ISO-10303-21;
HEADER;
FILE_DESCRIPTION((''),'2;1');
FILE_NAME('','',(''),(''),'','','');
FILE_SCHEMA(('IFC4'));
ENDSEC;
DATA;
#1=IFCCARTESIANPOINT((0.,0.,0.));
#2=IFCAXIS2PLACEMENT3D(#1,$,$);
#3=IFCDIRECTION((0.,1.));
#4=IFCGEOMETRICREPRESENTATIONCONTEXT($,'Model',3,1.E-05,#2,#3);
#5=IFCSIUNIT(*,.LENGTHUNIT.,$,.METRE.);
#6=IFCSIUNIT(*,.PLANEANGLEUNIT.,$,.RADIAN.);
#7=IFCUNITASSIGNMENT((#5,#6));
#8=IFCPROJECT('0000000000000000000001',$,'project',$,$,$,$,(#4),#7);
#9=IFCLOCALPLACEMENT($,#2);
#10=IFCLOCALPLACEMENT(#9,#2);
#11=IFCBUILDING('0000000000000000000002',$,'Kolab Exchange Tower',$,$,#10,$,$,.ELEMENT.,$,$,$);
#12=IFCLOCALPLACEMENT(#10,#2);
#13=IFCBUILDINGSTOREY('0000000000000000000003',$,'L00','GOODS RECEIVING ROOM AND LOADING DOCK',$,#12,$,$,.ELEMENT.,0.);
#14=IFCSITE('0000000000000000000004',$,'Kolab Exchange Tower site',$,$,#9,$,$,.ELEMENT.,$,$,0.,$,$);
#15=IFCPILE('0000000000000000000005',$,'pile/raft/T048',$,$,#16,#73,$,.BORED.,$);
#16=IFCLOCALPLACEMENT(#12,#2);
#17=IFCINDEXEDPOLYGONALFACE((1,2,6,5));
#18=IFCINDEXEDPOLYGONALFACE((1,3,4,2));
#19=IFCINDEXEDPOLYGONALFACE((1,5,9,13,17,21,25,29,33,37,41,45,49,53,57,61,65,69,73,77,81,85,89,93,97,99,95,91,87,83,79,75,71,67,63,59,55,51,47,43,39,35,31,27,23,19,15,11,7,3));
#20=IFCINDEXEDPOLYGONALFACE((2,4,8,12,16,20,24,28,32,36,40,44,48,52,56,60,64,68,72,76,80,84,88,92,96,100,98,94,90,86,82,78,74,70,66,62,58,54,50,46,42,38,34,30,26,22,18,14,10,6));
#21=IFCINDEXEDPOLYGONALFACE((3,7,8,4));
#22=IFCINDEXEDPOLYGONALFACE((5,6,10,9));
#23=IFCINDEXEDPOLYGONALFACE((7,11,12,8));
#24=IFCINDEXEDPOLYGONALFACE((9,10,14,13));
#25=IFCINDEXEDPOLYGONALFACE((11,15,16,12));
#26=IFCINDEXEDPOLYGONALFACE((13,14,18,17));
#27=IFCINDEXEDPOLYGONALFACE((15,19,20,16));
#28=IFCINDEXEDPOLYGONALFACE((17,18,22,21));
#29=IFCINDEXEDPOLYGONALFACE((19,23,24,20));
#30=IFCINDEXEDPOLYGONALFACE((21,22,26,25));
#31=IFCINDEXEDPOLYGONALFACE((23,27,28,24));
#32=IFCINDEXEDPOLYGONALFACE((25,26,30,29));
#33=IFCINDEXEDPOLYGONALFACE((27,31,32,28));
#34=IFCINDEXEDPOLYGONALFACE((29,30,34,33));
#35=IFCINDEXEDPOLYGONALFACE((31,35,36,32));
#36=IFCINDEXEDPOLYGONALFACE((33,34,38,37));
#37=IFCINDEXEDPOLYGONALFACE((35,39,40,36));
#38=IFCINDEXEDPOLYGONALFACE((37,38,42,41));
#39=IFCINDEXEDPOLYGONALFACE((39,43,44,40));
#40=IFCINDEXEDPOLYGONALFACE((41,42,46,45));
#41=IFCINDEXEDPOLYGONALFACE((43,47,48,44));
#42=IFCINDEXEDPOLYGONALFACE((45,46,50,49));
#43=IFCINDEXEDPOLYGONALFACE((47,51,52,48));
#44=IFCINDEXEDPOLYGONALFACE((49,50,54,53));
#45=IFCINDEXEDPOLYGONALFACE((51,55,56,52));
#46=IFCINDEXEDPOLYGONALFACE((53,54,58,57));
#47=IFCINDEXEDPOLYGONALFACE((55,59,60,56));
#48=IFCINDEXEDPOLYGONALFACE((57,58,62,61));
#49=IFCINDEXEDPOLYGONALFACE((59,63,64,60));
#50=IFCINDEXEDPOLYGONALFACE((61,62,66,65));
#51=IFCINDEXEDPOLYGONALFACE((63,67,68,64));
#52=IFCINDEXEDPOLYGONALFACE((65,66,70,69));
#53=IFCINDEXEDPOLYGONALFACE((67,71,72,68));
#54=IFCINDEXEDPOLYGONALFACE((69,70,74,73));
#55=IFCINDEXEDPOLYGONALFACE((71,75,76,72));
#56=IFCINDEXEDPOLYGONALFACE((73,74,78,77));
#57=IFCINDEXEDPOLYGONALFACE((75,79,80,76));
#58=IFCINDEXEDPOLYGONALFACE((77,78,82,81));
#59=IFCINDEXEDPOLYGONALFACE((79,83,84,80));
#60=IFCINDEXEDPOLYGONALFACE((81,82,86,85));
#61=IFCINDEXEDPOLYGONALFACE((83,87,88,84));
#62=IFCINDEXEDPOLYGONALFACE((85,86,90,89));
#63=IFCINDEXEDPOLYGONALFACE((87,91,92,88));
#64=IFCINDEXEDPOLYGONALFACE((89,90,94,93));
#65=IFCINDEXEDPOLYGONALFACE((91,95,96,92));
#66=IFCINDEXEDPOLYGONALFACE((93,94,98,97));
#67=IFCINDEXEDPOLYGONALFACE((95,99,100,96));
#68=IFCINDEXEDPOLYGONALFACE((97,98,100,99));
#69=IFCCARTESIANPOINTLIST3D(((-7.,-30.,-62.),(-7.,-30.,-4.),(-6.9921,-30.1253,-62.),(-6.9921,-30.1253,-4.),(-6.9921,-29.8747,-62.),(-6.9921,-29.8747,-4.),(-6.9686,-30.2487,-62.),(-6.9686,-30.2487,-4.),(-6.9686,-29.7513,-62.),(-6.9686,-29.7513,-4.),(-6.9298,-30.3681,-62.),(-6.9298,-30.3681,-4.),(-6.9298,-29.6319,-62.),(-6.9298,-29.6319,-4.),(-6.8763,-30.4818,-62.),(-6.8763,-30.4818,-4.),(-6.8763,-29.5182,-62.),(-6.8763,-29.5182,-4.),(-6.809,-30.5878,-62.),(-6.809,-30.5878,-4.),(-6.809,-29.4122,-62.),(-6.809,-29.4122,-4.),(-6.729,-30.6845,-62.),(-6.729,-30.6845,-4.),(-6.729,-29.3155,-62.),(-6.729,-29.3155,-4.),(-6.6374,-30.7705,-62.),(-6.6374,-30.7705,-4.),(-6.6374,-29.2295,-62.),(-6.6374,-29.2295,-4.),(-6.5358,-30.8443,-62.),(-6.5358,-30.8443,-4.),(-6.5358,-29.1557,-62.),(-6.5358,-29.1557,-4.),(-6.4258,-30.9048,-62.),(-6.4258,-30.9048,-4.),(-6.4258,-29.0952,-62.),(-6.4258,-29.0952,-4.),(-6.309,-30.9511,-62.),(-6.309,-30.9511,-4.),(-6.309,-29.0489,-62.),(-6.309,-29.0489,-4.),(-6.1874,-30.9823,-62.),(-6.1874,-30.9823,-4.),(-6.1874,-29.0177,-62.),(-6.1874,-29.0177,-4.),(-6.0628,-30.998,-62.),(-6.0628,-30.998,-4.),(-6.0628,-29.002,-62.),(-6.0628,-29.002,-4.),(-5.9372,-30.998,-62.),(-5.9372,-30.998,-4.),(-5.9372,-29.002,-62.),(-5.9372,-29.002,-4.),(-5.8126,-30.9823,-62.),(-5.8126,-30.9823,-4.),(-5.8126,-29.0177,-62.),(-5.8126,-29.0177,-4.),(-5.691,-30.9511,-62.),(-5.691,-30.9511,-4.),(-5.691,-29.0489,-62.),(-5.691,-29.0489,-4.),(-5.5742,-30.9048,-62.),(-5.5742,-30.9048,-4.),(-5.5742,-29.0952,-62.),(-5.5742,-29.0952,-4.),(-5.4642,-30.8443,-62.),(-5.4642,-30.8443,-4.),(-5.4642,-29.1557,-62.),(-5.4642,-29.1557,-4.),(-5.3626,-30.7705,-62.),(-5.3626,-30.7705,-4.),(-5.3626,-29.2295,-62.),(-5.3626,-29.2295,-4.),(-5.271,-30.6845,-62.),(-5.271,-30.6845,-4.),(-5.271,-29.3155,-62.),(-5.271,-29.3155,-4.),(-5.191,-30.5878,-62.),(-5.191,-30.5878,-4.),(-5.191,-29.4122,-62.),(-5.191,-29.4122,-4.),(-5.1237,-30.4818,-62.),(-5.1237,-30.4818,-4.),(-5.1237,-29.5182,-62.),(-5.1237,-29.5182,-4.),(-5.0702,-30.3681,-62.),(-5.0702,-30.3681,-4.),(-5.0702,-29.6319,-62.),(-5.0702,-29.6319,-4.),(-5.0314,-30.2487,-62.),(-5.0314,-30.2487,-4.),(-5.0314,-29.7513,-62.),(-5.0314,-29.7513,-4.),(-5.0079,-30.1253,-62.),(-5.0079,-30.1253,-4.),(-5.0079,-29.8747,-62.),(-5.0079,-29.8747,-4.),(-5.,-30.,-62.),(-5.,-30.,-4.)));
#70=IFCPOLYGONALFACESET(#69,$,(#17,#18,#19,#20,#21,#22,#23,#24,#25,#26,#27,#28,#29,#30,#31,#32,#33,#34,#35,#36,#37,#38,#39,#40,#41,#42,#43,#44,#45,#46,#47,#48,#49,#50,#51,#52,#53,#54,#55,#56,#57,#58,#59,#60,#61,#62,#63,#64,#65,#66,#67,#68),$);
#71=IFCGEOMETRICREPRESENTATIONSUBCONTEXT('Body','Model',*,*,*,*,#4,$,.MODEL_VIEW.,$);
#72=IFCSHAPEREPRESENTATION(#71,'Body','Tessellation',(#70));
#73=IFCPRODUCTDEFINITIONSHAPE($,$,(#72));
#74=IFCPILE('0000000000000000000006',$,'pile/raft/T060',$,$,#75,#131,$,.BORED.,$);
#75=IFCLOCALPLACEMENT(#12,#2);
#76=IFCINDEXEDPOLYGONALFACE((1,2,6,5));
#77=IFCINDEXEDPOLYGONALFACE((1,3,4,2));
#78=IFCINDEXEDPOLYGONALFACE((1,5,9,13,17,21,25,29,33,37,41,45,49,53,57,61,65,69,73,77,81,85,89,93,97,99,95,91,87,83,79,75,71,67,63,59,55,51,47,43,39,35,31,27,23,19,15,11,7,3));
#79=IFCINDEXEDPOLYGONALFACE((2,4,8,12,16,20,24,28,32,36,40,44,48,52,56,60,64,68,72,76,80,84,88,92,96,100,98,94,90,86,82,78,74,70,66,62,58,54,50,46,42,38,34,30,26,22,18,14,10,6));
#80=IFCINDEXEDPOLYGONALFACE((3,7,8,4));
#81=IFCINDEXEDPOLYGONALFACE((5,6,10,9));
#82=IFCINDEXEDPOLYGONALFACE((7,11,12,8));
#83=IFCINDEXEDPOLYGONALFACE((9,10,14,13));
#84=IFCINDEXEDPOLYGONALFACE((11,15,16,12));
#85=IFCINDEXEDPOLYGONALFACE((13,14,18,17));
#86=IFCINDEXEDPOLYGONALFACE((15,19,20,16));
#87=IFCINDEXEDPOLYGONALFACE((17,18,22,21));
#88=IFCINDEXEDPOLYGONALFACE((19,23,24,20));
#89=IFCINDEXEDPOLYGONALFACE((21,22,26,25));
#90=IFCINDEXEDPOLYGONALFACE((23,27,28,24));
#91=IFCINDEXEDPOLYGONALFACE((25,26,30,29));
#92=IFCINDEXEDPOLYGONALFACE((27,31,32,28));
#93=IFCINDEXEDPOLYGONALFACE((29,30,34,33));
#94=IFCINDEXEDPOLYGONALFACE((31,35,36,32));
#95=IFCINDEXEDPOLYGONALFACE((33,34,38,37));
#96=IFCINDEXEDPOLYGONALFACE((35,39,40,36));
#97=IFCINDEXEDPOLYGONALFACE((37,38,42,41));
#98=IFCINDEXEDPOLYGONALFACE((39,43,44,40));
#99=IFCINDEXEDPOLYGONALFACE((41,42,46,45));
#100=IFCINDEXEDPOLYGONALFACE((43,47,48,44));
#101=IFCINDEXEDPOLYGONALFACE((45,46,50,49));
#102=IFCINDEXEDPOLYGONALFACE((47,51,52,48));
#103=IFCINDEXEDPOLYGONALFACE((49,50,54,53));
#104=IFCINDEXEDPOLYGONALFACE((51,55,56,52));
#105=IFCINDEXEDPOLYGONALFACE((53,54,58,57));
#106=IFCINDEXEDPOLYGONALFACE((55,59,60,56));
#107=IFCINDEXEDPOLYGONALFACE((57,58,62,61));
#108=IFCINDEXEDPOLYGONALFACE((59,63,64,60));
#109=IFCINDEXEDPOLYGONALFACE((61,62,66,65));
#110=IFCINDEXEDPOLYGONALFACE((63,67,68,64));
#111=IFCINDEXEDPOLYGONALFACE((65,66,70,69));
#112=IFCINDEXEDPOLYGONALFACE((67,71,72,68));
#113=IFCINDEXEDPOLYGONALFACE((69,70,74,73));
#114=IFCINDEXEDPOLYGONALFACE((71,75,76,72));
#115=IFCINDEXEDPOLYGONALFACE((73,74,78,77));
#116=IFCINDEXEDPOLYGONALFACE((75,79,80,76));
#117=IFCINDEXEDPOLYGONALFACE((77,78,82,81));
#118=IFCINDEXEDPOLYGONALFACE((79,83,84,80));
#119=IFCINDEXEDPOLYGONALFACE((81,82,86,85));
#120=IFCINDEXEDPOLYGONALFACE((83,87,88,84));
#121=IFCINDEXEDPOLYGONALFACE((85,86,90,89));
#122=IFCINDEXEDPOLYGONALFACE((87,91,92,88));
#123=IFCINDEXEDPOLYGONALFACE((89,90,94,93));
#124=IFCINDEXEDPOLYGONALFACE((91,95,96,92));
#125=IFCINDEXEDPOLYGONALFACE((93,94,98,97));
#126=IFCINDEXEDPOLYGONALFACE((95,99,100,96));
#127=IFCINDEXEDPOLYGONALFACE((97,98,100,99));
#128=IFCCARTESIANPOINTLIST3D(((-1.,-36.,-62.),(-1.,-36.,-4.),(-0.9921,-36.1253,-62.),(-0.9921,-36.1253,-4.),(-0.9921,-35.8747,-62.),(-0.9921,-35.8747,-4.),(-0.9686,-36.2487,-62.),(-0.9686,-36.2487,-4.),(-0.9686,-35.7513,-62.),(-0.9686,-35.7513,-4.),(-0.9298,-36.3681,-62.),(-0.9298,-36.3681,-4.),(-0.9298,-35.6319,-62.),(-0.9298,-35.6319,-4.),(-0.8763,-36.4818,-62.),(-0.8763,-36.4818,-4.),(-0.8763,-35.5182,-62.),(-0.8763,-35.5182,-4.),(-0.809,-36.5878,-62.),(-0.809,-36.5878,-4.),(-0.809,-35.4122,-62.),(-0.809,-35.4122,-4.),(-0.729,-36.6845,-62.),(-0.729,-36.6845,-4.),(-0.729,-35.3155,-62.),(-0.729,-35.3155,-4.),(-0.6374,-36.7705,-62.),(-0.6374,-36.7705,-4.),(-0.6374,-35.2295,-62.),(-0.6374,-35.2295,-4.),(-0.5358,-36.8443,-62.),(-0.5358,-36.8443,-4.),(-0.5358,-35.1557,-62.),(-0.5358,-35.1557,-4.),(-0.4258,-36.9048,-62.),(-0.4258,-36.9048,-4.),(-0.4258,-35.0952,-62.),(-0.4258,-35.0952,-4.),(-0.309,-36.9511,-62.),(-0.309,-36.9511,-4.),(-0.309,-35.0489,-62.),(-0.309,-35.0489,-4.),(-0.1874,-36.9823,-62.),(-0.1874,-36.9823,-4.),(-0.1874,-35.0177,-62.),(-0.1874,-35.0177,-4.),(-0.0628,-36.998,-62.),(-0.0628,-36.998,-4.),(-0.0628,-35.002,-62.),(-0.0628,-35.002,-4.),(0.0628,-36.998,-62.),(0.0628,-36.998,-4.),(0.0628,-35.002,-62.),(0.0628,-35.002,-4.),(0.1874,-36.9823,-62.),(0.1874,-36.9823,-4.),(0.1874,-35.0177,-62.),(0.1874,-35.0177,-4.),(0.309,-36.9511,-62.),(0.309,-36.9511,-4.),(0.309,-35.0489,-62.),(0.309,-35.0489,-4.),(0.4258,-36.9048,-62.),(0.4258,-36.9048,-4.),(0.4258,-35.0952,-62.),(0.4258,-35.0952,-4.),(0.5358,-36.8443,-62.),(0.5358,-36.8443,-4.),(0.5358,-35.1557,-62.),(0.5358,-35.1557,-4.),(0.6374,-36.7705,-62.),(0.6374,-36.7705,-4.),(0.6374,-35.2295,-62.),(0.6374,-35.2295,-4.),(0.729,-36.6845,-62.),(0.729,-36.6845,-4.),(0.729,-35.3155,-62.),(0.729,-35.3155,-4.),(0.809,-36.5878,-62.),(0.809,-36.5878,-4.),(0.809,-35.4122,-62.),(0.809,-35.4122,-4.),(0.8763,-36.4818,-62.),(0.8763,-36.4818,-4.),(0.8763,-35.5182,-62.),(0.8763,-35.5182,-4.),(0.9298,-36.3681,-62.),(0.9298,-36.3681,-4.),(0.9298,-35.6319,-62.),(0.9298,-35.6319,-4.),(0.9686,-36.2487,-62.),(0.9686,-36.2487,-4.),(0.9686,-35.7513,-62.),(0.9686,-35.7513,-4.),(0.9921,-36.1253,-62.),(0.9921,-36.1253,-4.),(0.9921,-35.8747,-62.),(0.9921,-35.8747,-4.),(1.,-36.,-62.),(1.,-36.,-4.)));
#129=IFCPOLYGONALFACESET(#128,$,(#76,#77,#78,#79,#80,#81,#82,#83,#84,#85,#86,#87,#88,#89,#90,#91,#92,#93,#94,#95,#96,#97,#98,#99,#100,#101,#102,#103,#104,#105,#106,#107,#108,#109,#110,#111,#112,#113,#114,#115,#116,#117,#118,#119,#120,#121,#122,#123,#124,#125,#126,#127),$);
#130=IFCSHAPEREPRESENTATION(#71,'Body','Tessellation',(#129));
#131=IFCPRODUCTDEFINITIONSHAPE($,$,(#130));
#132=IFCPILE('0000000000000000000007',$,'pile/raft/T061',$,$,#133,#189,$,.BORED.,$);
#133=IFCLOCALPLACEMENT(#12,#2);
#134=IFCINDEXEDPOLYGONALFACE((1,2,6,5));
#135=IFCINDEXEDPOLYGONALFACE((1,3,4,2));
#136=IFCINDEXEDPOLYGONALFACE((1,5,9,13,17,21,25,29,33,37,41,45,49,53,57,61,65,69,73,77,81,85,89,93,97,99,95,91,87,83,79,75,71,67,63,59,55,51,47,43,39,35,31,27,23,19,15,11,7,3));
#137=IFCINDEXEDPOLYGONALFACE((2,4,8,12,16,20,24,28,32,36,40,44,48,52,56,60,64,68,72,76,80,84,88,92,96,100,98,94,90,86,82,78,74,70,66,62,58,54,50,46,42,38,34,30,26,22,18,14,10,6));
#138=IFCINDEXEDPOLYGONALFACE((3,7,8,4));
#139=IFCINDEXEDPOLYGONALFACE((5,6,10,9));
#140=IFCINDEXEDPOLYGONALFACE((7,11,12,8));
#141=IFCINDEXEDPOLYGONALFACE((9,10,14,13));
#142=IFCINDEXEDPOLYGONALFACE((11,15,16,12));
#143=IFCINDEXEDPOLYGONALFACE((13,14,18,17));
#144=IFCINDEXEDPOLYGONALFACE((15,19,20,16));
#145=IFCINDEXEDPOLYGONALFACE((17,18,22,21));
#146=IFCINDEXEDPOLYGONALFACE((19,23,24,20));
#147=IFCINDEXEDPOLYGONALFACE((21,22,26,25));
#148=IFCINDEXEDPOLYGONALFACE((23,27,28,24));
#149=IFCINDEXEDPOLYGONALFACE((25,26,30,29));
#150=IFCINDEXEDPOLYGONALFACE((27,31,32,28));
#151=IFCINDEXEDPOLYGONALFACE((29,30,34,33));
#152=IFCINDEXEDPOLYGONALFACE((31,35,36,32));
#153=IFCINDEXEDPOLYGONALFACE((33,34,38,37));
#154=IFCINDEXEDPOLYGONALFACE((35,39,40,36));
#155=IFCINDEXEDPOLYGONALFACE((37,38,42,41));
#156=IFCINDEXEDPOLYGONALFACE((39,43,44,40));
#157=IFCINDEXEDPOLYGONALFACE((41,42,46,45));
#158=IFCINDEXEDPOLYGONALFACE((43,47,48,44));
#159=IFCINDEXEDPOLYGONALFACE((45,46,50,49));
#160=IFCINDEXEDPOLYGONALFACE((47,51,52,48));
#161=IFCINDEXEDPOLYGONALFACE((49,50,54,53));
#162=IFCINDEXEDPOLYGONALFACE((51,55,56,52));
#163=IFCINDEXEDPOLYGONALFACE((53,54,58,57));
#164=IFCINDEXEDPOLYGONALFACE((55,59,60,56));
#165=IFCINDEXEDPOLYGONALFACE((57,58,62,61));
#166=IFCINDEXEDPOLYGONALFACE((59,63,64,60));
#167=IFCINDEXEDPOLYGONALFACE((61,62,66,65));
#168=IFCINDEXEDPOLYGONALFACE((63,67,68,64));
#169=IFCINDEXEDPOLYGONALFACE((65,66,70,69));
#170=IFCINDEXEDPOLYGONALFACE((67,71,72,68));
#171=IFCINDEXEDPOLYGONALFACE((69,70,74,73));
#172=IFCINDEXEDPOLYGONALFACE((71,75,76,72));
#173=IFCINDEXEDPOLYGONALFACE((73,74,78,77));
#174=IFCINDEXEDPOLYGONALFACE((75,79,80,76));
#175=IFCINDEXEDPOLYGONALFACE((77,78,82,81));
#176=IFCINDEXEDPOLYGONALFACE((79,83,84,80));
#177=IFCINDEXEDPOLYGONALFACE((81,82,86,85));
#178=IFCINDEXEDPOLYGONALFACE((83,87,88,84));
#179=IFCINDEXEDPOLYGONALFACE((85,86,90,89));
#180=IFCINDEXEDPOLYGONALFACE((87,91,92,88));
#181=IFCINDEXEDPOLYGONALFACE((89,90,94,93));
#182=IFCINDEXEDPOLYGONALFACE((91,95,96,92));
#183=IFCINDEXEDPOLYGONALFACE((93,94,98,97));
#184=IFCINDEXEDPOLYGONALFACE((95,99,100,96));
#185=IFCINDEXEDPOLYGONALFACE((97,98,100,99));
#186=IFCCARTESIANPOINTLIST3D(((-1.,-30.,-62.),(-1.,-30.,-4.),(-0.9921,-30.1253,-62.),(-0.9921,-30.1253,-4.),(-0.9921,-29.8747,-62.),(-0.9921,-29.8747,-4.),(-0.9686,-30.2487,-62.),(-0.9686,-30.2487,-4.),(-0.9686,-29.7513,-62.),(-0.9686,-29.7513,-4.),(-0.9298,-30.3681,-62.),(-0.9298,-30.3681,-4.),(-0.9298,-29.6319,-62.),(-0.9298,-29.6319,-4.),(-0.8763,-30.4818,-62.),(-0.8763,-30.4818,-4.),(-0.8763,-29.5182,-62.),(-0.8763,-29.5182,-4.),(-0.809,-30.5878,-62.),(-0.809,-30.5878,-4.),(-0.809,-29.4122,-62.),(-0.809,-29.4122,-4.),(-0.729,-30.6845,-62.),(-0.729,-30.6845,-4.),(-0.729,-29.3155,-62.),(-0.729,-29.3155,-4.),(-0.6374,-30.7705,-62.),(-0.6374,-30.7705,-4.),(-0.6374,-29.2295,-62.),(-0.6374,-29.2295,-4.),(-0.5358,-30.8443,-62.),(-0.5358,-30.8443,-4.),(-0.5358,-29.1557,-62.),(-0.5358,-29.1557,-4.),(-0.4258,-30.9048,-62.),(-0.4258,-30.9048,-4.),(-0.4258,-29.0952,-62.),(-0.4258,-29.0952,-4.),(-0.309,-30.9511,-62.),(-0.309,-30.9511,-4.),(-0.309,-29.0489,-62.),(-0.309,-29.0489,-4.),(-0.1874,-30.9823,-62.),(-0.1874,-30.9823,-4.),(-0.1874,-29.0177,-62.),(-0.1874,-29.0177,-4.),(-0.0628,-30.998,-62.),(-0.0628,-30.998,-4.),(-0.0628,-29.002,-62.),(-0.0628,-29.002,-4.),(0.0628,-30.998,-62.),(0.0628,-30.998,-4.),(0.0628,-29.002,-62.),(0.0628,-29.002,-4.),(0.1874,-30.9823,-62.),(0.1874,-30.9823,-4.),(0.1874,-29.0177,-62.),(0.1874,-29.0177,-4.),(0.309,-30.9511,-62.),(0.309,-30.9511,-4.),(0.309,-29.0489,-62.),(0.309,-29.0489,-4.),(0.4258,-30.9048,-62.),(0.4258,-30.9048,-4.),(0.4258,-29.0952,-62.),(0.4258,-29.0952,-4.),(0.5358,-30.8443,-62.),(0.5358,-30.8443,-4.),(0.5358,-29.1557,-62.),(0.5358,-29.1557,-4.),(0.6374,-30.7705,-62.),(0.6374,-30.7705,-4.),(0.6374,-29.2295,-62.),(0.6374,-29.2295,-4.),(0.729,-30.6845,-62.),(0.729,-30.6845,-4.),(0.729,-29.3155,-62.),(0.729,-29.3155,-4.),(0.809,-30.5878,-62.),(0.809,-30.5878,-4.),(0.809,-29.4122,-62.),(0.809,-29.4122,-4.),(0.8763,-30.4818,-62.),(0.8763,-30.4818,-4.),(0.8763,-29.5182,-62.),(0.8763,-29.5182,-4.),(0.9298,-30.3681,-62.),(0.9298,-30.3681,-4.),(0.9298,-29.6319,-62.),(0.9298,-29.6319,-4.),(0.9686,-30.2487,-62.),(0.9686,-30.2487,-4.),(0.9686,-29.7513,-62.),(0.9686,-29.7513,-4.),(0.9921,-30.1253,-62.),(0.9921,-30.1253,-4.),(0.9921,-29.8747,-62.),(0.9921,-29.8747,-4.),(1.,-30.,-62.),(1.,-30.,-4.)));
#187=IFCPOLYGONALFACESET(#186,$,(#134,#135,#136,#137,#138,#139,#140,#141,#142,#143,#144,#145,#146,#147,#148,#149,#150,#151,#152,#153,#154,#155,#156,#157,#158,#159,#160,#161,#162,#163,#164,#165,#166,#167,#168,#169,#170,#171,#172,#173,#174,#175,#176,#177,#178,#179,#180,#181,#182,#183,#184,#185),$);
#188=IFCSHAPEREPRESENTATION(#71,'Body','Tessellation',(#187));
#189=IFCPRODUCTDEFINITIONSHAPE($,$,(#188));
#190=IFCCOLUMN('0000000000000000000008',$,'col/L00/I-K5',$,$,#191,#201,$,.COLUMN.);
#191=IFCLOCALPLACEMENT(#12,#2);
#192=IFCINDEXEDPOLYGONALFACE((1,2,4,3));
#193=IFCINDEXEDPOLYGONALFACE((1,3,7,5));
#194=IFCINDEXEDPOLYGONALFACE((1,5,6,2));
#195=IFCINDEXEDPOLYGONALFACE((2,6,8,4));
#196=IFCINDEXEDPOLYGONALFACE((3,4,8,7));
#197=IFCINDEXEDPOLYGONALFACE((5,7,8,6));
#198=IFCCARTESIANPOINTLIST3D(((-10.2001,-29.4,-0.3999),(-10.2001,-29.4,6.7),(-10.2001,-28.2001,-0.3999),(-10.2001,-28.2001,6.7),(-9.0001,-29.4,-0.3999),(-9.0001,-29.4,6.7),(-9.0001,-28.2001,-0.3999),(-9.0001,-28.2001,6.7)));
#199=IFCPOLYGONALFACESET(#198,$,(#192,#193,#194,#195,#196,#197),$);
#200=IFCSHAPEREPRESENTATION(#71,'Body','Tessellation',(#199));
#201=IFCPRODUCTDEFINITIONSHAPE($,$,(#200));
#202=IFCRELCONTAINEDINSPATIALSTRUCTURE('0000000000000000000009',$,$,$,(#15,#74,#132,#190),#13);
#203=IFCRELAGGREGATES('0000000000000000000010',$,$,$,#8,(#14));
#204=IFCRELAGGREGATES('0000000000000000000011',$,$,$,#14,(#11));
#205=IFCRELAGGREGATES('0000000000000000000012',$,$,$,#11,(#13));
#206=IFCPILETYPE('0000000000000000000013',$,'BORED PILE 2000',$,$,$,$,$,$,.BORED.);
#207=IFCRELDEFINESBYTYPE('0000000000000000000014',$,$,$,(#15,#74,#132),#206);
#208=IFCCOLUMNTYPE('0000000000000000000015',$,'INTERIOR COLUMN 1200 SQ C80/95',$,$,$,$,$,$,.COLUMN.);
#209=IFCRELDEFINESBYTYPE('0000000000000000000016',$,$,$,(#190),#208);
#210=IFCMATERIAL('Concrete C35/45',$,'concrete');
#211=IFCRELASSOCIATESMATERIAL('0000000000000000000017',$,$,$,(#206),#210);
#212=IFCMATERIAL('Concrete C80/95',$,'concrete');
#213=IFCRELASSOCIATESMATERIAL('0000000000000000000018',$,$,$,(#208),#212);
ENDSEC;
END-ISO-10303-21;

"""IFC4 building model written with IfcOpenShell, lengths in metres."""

from ifc_helpers import new_model, si_unit, direction, frame, origin, origin_2d, place, context, subcontext, project, spatial, rectangle, circle, extrude, material, material_profile, profile_set, type_object, element, save


model = new_model("IFC4")

# Units and contexts
model_context = context("Model", 3, precision=1e-05, world=origin(), true_north=direction((0.0, 1.0)))
body_context = subcontext(model_context, "Body", "Model", "MODEL_VIEW")
ifc_project = project(units=[si_unit("LENGTHUNIT", "METRE"), si_unit("PLANEANGLEUNIT", "RADIAN")], contexts=[model_context])

# Site, building, storey
site_placement = place(None, origin())
site = spatial("IfcSite", under=ifc_project, at=site_placement, Name="Kolab Exchange Tower site", CompositionType="ELEMENT", RefElevation=0.0)
building_placement = place(site_placement, origin())
building = spatial("IfcBuilding", under=site, at=building_placement, Name="Kolab Exchange Tower", CompositionType="ELEMENT")
storey_placement = place(building_placement, origin())
storey = spatial("IfcBuildingStorey", under=building, at=storey_placement, Name="L00", Description="GOODS RECEIVING ROOM AND LOADING DOCK", CompositionType="ELEMENT", Elevation=0.0)

# Piles
ifc_material_1 = material(Name="Concrete C35/45", Category="concrete")
ifc_material_profile_1 = material_profile(ifc_material_1, circle(Radius=1.0, at=origin_2d()), Name="BP2000")
ifc_profile_set_1 = profile_set([ifc_material_profile_1], Name="Concrete C35/45")
pile_type = type_object("IfcPileType", Name="BORED PILE 2000", PredefinedType="BORED", material=ifc_profile_set_1)
for number, where, z_axis, x_axis, name in (
    (1, (-6.0, -30.0, -4.0), (0.0, 0.0, -1.0), (1.0, 0.0, 0.0), "pile/raft/T048"),
    (2, (0.0, -36.0, -4.0), (0.0, 0.0, -1.0), (1.0, 0.0, 0.0), "pile/raft/T060"),
    (3, (0.0, -30.0, -4.0), (0.0, 0.0, -1.0), (1.0, 0.0, 0.0), "pile/raft/T061"),
):
    element("IfcPile", number, at=place(storey_placement, frame(where, z_axis=z_axis, x_axis=x_axis)), inside=storey, type_object=pile_type, Name=name, PredefinedType="BORED", context=body_context, shape_type="SweptSolid", body=[
        extrude(circle(Radius=1.0, at=origin_2d()), origin(), (0.0, 0.0, 1.0), 58.0),
    ])

# Column
ifc_material_2 = material(Name="Concrete C80/95", Category="concrete")
ifc_material_profile_2 = material_profile(ifc_material_2, rectangle(XDim=1.2, YDim=1.2, at=origin_2d()), Name="RC1200")
ifc_profile_set_2 = profile_set([ifc_material_profile_2], Name="Concrete C80/95")
column_type_1 = type_object("IfcColumnType", Name="INTERIOR COLUMN 1200 SQ C80/95", PredefinedType="COLUMN", material=ifc_profile_set_2)
for number, where, z_axis, x_axis, name in (
    (4, (-9.6001, -28.8, -0.3999), (0.0, 0.0, 1.0), (1.0, 0.0, 0.0), "col/L00/I-K5"),
):
    element("IfcColumn", number, at=place(storey_placement, frame(where, z_axis=z_axis, x_axis=x_axis)), inside=storey, type_object=column_type_1, Name=name, PredefinedType="COLUMN", context=body_context, shape_type="SweptSolid", body=[
        extrude(rectangle(XDim=1.2, YDim=1.2, at=origin_2d()), origin(), (0.0, 0.0, 1.0), 7.0999),
    ])

save(model, "model.ifc")
